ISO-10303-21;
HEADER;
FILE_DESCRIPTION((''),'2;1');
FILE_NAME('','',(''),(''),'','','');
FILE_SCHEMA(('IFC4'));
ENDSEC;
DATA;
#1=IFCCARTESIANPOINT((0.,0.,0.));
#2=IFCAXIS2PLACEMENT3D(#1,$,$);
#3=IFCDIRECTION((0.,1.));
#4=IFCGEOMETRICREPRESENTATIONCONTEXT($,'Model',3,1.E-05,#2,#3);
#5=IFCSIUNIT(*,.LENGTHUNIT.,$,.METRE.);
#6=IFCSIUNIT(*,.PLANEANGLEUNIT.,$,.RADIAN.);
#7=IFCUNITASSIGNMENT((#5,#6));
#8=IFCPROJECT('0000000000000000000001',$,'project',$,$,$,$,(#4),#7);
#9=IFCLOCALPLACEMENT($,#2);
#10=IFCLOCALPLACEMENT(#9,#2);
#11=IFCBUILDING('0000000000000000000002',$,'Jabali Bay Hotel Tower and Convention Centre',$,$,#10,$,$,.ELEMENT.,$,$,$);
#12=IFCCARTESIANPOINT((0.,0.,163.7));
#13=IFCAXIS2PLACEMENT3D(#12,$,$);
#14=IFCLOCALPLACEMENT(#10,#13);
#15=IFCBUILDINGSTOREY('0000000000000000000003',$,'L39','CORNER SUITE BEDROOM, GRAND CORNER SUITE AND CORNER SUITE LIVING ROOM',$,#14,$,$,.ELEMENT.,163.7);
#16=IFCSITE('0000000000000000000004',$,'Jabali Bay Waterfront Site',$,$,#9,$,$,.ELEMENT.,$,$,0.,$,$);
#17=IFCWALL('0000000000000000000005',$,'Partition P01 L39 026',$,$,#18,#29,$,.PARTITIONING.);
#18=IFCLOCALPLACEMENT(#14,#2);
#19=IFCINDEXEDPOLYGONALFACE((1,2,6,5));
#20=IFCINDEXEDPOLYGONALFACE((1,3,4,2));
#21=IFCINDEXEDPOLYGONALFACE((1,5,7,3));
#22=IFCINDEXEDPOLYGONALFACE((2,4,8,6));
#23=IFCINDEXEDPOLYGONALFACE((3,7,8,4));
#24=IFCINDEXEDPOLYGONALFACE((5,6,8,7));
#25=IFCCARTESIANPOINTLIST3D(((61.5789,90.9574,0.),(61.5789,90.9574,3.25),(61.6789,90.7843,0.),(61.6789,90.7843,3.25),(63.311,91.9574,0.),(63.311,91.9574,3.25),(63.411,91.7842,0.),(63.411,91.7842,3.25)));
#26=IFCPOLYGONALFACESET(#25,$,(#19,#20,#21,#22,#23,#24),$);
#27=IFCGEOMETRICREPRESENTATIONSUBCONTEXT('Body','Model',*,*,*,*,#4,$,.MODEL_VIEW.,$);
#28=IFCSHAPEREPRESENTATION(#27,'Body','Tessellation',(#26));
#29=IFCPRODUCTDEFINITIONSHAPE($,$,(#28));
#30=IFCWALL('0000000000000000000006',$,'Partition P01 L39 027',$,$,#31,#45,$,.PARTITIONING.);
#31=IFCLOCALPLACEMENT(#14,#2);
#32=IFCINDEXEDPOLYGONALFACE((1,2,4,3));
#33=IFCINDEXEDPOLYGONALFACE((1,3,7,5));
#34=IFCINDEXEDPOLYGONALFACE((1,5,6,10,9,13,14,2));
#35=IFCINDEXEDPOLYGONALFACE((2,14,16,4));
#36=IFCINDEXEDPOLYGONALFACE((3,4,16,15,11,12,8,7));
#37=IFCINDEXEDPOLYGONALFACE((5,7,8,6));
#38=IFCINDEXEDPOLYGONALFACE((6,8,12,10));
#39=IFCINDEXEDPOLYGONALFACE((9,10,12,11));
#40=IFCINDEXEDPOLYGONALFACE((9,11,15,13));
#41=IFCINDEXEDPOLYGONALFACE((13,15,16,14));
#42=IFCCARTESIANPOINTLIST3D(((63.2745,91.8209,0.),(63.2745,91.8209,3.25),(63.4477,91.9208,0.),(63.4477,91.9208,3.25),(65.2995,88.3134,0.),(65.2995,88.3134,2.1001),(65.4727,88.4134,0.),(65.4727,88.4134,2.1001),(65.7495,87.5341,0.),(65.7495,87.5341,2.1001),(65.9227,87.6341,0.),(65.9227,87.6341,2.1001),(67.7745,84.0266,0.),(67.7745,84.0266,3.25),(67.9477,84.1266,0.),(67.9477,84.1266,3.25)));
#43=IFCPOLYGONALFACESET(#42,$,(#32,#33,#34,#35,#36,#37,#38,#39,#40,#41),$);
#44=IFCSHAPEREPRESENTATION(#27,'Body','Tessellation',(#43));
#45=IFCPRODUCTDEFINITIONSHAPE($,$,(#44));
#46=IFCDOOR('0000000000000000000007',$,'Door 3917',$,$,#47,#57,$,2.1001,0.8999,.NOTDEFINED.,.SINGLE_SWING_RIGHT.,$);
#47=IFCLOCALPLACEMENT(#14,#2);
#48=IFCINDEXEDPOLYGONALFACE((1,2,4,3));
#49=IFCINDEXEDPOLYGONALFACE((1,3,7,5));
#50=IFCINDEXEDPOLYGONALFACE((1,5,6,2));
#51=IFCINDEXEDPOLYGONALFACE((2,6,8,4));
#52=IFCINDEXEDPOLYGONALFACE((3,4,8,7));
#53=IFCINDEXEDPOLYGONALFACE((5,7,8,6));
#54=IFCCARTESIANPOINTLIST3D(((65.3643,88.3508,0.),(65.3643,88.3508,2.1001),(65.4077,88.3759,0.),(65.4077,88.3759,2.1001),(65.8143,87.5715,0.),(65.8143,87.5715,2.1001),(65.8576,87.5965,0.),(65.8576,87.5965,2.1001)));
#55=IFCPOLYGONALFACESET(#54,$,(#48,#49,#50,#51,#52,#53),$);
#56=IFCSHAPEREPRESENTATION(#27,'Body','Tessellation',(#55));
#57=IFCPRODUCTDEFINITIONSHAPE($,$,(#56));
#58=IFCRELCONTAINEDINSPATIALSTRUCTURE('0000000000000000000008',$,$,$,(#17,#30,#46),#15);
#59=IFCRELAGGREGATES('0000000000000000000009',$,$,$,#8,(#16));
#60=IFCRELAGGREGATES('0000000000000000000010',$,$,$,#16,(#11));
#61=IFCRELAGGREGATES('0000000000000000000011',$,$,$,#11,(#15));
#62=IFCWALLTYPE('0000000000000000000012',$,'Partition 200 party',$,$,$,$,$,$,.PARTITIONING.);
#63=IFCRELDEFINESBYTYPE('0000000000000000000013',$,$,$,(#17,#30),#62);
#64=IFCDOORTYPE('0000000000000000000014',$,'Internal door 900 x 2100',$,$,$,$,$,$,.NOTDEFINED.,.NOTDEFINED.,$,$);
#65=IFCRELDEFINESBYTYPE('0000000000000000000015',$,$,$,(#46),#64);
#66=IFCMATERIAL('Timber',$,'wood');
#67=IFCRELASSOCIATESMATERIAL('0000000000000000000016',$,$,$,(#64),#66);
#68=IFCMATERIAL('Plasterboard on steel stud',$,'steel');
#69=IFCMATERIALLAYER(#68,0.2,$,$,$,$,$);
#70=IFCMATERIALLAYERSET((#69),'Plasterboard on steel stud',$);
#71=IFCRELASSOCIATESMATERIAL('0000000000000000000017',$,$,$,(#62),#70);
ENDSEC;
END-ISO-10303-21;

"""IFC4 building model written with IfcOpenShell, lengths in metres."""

from ifc_helpers import new_model, si_unit, direction, frame, frame_2d, origin, place, context, subcontext, project, spatial, rectangle, extrude, material, layer, layer_set, type_object, element, fill, save


model = new_model("IFC4")

# Units and contexts
model_context = context("Model", 3, precision=1e-05, world=origin(), true_north=direction((0.0, 1.0)))
body_context = subcontext(model_context, "Body", "Model", "MODEL_VIEW")
ifc_project = project(units=[si_unit("LENGTHUNIT", "METRE"), si_unit("PLANEANGLEUNIT", "RADIAN")], contexts=[model_context])

# Site, building, storey
site_placement = place(None, origin())
site = spatial("IfcSite", under=ifc_project, at=site_placement, Name="Jabali Bay Waterfront Site", CompositionType="ELEMENT", RefElevation=0.0)
building_placement = place(site_placement, origin())
building = spatial("IfcBuilding", under=site, at=building_placement, Name="Jabali Bay Hotel Tower and Convention Centre", CompositionType="ELEMENT")
storey_placement = place(building_placement, frame((0.0, 0.0, 163.7)))
storey = spatial("IfcBuildingStorey", under=building, at=storey_placement, Name="L39", Description="CORNER SUITE BEDROOM, GRAND CORNER SUITE AND CORNER SUITE LIVING ROOM", CompositionType="ELEMENT", Elevation=163.7)

# Shared definitions
ifc_material_1 = material(Name="Plasterboard on steel stud", Category="steel")
ifc_material_2 = material(Name="Timber", Category="wood")
door_type_1 = type_object("IfcDoorType", Name="Internal door 900 x 2100", OperationType="NOTDEFINED", PredefinedType="NOTDEFINED", material=ifc_material_2)

# Wall
ifc_layer_1 = layer(ifc_material_1, 0.2)
ifc_layer_set_1 = layer_set([ifc_layer_1], Name="Plasterboard on steel stud")
wall_type_1 = type_object("IfcWallType", Name="Partition 200 party", PredefinedType="PARTITIONING", material=ifc_layer_set_1)
wall_1_placement = place(storey_placement, frame((61.6289, 90.8708, 0.0), z_axis=(0.0, 0.0, 1.0), x_axis=(0.866041, 0.499973, 0.0)))
element("IfcWall", 1, at=wall_1_placement, inside=storey, type_object=wall_type_1, Name="Partition P01 L39 026", PredefinedType="PARTITIONING", context=body_context, shape_type="SweptSolid", body=[
    extrude(rectangle(XDim=2.0, YDim=0.2, at=frame_2d((1.0, 0.0))), origin(), (0.0, 0.0, 1.0), 3.25),
])

# Wall, opening, door
wall_2_placement = place(storey_placement, frame((63.3611, 91.8708, 0.0), z_axis=(0.0, 0.0, 1.0), x_axis=(0.500002, -0.866024, 0.0)))
wall_2 = element("IfcWall", 2, at=wall_2_placement, inside=storey, type_object=wall_type_1, Name="Partition P01 L39 027", PredefinedType="PARTITIONING", context=body_context, shape_type="SweptSolid", body=[
    extrude(rectangle(XDim=9.0, YDim=0.2, at=frame_2d((4.5, 0.0))), origin(), (0.0, 0.0, 1.0), 3.25),
])
opening_1_placement = place(wall_2_placement, frame((4.05, 0.0, 0.0)))
opening_1 = element("IfcOpeningElement", 3, at=opening_1_placement, cuts=wall_2, PredefinedType="OPENING", context=body_context, shape_type="SweptSolid", body=[
    extrude(rectangle(XDim=0.8999, YDim=2.1001, at=frame_2d((0.45, 1.05))), frame((0.0, 0.1104, 0.0), z_axis=(0.0, -1.0, 0.0), x_axis=(1.0, 0.0, 0.0)), (0.0, 0.0, 1.0), 0.2209),
])
door_1_placement = place(opening_1_placement, origin())
door_1 = element("IfcDoor", 4, at=door_1_placement, inside=storey, type_object=door_type_1, Name="Door 3917", OperationType="SINGLE_SWING_RIGHT", OverallHeight=2.1001, OverallWidth=0.8999, PredefinedType="NOTDEFINED", context=body_context, shape_type="SweptSolid", body=[
    extrude(rectangle(XDim=0.8999, YDim=2.1001, at=frame_2d((0.45, 1.05))), frame((0.0, 0.0249, 0.0), z_axis=(0.0, -1.0, 0.0), x_axis=(1.0, 0.0, 0.0)), (0.0, 0.0, 1.0), 0.05),
])
fill(opening_1, door_1)

save(model, "model.ifc")
